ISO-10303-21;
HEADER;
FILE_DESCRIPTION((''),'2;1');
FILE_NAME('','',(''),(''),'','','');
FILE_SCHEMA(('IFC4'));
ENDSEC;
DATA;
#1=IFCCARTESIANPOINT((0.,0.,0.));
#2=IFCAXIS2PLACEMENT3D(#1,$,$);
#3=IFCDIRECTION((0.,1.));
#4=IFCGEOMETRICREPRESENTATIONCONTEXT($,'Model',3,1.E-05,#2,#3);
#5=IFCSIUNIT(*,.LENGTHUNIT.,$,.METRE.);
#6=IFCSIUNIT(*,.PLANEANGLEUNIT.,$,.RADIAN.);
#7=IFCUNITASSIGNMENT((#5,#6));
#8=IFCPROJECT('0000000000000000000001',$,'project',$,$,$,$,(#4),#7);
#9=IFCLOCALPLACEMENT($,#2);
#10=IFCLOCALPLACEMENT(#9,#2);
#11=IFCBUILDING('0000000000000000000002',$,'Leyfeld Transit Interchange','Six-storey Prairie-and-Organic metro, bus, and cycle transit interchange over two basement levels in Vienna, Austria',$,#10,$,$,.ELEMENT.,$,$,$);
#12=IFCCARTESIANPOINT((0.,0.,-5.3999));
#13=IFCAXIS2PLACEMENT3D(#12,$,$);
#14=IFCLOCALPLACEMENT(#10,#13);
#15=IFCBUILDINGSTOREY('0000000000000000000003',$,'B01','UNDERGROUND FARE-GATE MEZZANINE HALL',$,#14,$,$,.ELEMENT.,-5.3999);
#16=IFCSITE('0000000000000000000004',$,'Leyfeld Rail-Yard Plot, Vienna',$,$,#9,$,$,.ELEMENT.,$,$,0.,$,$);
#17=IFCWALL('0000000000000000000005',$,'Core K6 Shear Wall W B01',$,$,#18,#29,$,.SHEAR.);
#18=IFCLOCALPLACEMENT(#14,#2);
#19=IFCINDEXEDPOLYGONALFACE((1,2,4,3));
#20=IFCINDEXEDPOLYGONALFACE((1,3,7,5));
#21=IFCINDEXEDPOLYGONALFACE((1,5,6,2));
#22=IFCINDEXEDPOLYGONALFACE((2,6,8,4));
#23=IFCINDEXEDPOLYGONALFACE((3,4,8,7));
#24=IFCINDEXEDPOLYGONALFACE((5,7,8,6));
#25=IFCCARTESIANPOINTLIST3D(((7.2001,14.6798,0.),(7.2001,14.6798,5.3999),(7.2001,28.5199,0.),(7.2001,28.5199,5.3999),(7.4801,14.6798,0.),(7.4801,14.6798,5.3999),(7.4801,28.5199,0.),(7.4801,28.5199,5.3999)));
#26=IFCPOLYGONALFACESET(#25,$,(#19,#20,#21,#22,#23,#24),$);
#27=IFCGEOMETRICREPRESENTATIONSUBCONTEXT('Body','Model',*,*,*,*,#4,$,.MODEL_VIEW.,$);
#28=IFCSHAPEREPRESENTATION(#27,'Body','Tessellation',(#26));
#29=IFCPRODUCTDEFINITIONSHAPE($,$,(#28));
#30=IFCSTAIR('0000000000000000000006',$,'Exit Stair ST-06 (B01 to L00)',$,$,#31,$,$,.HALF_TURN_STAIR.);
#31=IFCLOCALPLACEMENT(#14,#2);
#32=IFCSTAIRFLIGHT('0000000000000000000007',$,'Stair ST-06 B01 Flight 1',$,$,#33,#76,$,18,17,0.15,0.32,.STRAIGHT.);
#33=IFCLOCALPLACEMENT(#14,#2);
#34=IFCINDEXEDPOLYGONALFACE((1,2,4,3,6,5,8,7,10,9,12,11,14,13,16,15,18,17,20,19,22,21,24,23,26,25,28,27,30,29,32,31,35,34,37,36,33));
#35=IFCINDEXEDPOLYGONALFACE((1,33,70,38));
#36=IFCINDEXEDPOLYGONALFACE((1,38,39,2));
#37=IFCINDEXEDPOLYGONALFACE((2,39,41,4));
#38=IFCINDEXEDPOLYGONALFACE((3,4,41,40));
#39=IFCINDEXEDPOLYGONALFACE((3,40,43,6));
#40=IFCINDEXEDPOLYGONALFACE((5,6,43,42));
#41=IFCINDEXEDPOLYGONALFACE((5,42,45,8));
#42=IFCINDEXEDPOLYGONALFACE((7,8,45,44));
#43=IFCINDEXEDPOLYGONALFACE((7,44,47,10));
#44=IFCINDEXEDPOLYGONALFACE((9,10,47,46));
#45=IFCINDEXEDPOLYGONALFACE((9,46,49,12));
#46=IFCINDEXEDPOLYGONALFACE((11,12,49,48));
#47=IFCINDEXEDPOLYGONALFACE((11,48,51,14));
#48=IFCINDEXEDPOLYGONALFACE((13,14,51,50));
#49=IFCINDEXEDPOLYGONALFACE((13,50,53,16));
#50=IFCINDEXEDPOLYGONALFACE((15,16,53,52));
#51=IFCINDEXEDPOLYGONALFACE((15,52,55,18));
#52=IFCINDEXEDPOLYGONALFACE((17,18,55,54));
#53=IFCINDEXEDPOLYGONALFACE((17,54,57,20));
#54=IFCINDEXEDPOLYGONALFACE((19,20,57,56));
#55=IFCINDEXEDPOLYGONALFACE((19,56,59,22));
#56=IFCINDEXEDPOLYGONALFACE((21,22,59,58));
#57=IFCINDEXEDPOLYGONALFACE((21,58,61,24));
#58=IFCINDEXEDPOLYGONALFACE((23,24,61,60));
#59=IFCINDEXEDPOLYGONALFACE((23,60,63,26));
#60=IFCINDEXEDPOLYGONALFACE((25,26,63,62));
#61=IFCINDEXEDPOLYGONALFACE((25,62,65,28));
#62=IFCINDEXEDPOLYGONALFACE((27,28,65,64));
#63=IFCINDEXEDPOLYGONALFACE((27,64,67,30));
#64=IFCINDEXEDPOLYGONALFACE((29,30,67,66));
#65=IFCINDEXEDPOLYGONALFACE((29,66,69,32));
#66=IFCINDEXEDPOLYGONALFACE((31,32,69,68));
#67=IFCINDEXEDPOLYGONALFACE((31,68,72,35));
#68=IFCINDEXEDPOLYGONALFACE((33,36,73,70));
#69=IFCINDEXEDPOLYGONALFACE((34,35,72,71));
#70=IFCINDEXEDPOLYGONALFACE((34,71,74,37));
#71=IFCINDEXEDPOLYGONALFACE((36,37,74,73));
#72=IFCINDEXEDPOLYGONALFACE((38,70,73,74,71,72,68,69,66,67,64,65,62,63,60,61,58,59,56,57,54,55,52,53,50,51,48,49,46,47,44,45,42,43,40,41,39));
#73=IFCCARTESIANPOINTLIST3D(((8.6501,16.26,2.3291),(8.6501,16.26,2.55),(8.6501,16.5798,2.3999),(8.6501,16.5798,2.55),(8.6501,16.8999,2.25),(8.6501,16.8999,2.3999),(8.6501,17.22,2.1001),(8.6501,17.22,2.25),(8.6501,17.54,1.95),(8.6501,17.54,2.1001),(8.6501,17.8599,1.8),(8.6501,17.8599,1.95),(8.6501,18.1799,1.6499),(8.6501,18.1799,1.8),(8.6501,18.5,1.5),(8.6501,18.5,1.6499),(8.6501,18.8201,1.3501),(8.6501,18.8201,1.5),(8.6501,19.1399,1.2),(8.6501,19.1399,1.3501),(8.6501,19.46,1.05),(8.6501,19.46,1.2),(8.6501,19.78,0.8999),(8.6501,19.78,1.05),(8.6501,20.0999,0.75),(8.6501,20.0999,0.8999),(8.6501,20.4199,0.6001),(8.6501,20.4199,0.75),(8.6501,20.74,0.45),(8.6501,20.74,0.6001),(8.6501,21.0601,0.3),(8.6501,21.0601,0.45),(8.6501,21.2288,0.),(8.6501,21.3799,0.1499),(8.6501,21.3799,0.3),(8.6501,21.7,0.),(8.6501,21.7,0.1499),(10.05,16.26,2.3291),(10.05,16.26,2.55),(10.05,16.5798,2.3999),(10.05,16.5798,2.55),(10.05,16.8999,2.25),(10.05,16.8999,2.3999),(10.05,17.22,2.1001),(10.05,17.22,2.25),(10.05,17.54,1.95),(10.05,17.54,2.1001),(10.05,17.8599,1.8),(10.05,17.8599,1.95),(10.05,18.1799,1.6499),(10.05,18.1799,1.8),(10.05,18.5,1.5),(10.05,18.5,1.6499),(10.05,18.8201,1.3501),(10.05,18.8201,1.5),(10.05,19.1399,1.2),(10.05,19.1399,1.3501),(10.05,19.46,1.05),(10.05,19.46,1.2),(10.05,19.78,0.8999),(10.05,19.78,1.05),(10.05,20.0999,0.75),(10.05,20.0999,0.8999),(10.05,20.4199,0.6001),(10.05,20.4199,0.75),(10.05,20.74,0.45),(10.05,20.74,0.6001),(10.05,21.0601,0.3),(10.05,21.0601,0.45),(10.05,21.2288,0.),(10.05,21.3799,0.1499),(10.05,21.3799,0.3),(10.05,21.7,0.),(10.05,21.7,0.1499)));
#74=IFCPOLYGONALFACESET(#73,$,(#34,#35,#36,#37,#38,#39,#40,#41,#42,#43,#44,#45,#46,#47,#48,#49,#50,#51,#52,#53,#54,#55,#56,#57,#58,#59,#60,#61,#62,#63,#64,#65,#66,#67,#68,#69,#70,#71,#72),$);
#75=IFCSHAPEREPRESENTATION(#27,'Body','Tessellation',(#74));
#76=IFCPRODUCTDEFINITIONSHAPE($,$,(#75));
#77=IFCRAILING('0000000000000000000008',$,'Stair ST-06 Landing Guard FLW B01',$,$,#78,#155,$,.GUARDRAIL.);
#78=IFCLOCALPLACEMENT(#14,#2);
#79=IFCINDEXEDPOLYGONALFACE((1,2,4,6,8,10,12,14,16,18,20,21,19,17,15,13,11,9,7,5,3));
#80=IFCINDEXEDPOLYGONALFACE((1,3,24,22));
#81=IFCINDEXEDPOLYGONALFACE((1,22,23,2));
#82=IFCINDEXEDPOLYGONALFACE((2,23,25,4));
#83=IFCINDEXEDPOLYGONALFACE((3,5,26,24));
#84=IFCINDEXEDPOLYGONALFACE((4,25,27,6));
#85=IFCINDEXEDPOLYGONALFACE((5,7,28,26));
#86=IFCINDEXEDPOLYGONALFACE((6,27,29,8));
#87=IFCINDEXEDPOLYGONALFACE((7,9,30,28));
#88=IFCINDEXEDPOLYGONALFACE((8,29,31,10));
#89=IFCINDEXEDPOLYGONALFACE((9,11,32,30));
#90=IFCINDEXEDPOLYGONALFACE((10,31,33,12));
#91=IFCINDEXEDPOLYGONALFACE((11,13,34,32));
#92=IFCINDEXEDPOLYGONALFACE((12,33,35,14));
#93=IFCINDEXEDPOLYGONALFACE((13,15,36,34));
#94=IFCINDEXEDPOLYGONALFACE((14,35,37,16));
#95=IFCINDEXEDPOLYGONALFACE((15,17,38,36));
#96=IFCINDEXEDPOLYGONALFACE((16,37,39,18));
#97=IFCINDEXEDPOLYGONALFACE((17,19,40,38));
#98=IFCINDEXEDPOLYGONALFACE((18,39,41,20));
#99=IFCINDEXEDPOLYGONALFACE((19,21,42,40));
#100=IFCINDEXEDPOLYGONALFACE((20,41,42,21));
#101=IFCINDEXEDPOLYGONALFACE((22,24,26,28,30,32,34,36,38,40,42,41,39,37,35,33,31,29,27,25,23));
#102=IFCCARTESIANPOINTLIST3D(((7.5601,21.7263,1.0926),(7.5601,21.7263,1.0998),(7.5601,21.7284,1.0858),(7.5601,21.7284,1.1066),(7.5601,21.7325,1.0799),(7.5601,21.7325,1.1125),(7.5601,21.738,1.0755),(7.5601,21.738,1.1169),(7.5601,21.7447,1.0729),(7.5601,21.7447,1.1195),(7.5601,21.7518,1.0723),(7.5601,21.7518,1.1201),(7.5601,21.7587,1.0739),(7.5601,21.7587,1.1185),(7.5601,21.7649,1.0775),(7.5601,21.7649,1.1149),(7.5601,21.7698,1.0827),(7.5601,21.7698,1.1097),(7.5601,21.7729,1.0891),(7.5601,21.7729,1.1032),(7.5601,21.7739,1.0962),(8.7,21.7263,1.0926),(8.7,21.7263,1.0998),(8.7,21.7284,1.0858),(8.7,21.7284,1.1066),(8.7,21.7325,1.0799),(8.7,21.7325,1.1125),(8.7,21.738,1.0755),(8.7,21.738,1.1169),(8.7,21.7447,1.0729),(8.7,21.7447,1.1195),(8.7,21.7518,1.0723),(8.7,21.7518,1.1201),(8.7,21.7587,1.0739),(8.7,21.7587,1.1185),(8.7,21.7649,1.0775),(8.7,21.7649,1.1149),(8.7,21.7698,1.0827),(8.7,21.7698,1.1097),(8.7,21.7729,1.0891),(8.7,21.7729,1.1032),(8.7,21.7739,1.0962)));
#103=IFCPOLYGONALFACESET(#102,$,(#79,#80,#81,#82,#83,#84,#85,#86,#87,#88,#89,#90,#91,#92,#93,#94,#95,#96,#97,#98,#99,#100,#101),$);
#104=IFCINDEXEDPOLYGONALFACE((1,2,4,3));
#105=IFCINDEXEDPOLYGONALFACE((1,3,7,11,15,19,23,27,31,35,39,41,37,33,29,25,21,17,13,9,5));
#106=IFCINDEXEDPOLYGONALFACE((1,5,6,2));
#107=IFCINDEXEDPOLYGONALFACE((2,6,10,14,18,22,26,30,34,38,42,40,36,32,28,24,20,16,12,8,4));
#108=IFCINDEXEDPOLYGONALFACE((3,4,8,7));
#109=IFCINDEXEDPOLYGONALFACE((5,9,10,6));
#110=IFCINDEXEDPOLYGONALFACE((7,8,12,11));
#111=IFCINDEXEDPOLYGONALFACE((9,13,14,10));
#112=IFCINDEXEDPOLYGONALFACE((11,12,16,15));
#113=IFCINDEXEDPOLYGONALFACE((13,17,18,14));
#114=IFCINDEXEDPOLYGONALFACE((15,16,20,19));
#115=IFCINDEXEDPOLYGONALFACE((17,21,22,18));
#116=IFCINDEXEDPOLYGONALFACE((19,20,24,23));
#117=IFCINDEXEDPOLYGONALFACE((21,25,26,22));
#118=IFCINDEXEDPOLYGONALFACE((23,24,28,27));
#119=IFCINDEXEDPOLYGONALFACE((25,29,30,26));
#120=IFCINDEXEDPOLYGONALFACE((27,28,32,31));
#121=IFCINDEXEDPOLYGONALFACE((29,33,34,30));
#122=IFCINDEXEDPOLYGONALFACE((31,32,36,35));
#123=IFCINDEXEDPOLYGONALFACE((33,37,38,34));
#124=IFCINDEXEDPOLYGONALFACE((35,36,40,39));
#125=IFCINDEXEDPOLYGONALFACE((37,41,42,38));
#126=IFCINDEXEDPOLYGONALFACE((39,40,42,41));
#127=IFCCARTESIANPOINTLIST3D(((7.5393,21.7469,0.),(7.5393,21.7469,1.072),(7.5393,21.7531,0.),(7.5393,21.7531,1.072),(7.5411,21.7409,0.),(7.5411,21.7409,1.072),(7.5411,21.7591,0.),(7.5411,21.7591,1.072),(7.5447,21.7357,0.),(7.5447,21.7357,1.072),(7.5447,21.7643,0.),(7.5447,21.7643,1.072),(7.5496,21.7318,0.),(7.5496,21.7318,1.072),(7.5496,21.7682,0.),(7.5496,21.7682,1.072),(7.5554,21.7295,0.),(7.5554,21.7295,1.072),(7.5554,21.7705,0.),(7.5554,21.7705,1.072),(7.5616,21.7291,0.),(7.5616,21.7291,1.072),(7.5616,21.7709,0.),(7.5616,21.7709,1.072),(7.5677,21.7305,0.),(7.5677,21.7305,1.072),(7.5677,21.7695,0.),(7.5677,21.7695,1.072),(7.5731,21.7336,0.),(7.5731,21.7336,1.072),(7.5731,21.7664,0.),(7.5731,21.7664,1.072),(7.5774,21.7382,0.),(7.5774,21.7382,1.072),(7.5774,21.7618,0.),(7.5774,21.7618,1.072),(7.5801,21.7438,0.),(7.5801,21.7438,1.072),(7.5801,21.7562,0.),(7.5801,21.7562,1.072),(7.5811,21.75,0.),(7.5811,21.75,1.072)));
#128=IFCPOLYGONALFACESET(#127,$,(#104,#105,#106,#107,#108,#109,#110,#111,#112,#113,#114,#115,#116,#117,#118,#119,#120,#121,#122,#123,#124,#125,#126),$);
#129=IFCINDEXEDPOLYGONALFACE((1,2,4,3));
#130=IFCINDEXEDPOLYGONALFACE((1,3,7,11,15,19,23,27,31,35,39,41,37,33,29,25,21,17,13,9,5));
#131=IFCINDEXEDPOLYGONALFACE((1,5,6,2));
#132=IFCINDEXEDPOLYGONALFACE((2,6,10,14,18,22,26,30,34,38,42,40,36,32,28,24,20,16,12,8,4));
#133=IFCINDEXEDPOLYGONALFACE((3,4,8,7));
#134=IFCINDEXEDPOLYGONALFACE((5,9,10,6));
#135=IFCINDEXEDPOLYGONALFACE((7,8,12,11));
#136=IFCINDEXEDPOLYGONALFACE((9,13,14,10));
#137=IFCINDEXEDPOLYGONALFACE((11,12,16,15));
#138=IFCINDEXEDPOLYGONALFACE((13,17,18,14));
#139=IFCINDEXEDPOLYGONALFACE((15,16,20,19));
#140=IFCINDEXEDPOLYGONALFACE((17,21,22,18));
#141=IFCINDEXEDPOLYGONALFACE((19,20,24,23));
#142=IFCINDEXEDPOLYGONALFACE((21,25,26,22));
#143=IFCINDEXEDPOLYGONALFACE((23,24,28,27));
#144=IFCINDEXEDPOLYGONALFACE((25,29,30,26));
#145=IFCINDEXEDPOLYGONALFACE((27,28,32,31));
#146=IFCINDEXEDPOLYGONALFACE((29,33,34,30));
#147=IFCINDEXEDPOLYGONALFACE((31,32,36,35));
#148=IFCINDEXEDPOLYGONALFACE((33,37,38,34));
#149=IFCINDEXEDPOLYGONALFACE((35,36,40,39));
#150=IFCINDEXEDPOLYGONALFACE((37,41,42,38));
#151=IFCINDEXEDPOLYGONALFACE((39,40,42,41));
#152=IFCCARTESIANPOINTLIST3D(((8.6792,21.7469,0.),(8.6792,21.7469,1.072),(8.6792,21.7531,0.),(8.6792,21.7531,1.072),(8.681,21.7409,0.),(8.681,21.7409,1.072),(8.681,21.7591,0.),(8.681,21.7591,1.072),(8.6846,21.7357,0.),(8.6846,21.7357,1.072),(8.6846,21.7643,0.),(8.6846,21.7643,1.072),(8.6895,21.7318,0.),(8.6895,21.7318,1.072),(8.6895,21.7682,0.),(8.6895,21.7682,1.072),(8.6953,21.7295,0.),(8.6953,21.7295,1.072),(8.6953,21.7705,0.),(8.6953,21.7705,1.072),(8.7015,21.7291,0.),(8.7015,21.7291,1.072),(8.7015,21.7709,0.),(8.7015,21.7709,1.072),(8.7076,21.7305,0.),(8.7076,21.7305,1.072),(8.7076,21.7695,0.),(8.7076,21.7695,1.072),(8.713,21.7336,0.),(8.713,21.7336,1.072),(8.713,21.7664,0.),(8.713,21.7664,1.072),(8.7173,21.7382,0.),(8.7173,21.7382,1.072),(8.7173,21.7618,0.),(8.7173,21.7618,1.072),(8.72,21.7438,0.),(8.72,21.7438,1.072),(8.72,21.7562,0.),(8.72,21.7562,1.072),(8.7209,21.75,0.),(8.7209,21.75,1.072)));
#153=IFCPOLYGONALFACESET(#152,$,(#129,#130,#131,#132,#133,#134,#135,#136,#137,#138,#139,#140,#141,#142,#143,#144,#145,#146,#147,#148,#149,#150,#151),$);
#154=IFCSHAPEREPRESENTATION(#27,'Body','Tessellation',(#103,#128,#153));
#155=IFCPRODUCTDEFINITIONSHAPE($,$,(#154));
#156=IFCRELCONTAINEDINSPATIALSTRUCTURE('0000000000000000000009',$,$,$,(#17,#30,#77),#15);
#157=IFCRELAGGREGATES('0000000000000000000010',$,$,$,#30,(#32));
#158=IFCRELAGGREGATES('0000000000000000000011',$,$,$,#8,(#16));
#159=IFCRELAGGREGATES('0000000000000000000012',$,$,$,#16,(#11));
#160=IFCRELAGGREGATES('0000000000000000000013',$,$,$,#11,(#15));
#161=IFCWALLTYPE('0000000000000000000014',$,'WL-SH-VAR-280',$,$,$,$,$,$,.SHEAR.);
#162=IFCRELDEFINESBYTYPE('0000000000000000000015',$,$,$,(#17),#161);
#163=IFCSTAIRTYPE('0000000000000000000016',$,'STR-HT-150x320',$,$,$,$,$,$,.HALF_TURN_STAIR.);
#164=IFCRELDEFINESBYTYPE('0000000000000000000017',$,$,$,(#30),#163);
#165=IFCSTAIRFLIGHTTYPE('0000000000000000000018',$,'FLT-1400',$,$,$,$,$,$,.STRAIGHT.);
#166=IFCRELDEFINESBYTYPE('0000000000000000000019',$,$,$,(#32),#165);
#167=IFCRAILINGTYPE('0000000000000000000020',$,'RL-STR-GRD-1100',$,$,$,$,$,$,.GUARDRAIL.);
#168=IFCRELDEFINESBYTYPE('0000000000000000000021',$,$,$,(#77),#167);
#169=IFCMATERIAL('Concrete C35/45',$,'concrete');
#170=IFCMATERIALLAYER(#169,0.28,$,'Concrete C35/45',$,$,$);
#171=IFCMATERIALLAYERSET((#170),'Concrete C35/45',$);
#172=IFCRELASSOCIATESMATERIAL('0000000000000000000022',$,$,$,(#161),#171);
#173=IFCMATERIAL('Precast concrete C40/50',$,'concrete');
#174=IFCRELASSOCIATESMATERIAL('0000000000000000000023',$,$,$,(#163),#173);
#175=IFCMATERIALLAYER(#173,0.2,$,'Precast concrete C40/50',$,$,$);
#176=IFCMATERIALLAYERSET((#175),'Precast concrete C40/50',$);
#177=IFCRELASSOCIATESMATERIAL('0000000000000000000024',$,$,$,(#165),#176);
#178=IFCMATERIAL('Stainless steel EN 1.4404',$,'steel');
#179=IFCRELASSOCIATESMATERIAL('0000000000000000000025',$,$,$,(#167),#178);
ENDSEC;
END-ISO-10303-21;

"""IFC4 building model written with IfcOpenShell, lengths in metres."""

from ifc_helpers import new_model, si_unit, direction, frame, frame_2d, origin, origin_2d, place, context, subcontext, project, spatial, polyline, rectangle, circle, outline, extrude, material, layer, layer_set, type_object, element, aggregate, save


model = new_model("IFC4")

# Units and contexts
model_context = context("Model", 3, precision=1e-05, world=origin(), true_north=direction((0.0, 1.0)))
body_context = subcontext(model_context, "Body", "Model", "MODEL_VIEW")
ifc_project = project(units=[si_unit("LENGTHUNIT", "METRE"), si_unit("PLANEANGLEUNIT", "RADIAN")], contexts=[model_context])

# Site, building, storey
site_placement = place(None, origin())
site = spatial("IfcSite", under=ifc_project, at=site_placement, Name="Leyfeld Rail-Yard Plot, Vienna", CompositionType="ELEMENT", RefElevation=0.0)
building_placement = place(site_placement, origin())
building = spatial("IfcBuilding", under=site, at=building_placement, Name="Leyfeld Transit Interchange", Description="Six-storey Prairie-and-Organic metro, bus, and cycle transit interchange over two basement levels in Vienna, Austria", CompositionType="ELEMENT")
storey_placement = place(building_placement, frame((0.0, 0.0, -5.3999)))
storey = spatial("IfcBuildingStorey", under=building, at=storey_placement, Name="B01", Description="UNDERGROUND FARE-GATE MEZZANINE HALL", CompositionType="ELEMENT", Elevation=-5.3999)

# Shared definitions
ifc_material_1 = material(Name="Concrete C35/45", Category="concrete")

# Wall
ifc_layer_1 = layer(ifc_material_1, 0.28, Name="Concrete C35/45")
ifc_layer_set_1 = layer_set([ifc_layer_1], Name="Concrete C35/45")
wall_type_1 = type_object("IfcWallType", Name="WL-SH-VAR-280", PredefinedType="SHEAR", material=ifc_layer_set_1)
wall_1_placement = place(storey_placement, frame((7.3401, 14.6799, 0.0), z_axis=(0.0, 0.0, 1.0), x_axis=(0.0, 1.0, 0.0)))
element("IfcWall", 1, at=wall_1_placement, inside=storey, type_object=wall_type_1, Name="Core K6 Shear Wall W B01", PredefinedType="SHEAR", context=body_context, shape_type="SweptSolid", body=[
    extrude(rectangle(XDim=13.8401, YDim=0.28, at=frame_2d((6.9199, 0.0))), origin(), (0.0, 0.0, 1.0), 5.3999),
])

# Stair, stair flight
ifc_material_2 = material(Name="Precast concrete C40/50", Category="concrete")
stair_type = type_object("IfcStairType", Name="STR-HT-150x320", PredefinedType="HALF_TURN_STAIR", material=ifc_material_2)
stair_placement = place(storey_placement, origin())
stair = element("IfcStair", 2, at=stair_placement, inside=storey, type_object=stair_type, Name="Exit Stair ST-06 (B01 to L00)", PredefinedType="HALF_TURN_STAIR")
ifc_layer_2 = layer(ifc_material_2, 0.2, Name="Precast concrete C40/50")
ifc_layer_set_2 = layer_set([ifc_layer_2], Name="Precast concrete C40/50")
stair_flight_type = type_object("IfcStairFlightType", Name="FLT-1400", PredefinedType="STRAIGHT", material=ifc_layer_set_2)
stair_flight_placement = place(storey_placement, frame((9.3501, 21.7, 0.0), z_axis=(0.0, 0.0, 1.0), x_axis=(0.0, -1.0, 0.0)))
stair_flight = element("IfcStairFlight", 3, at=stair_flight_placement, type_object=stair_flight_type, Name="Stair ST-06 B01 Flight 1", NumberOfRisers=18, NumberOfTreads=17, PredefinedType="STRAIGHT", RiserHeight=0.15, TreadLength=0.32, context=body_context, shape_type="SweptSolid", body=[
    extrude(outline(polyline([(0.0, 0.0), (0.0, 0.1499), (0.3201, 0.1499), (0.3201, 0.3), (0.6399, 0.3), (0.6399, 0.45), (0.96, 0.45), (0.96, 0.6001), (1.28, 0.6001), (1.28, 0.75), (1.6001, 0.75), (1.6001, 0.8999), (1.9199, 0.8999), (1.9199, 1.05), (2.24, 1.05), (2.24, 1.2), (2.5601, 1.2), (2.5601, 1.3501), (2.8799, 1.3501), (2.8799, 1.5), (3.2, 1.5), (3.2, 1.6499), (3.52, 1.6499), (3.52, 1.8), (3.8401, 1.8), (3.8401, 1.95), (4.1599, 1.95), (4.1599, 2.1001), (4.48, 2.1001), (4.48, 2.25), (4.8, 2.25), (4.8, 2.3999), (5.1201, 2.3999), (5.1201, 2.55), (5.4399, 2.55), (5.4399, 2.7), (5.4399, 2.3291), (0.4712, 0.0), (0.0, 0.0)])), frame((0.0, 0.7, 0.0), z_axis=(0.0, -1.0, 0.0), x_axis=(1.0, 0.0, 0.0)), (0.0, 0.0, 1.0), 1.3999),
])
aggregate(stair, [stair_flight])

# Railing
ifc_material_3 = material(Name="Stainless steel EN 1.4404", Category="steel")
railing_type_1 = type_object("IfcRailingType", Name="RL-STR-GRD-1100", PredefinedType="GUARDRAIL", material=ifc_material_3)
railing_1_placement = place(storey_placement, frame((7.5601, 21.75, 0.0)))
element("IfcRailing", 4, at=railing_1_placement, inside=storey, type_object=railing_type_1, Name="Stair ST-06 Landing Guard FLW B01", PredefinedType="GUARDRAIL", context=body_context, shape_type="SweptSolid", body=[
    extrude(circle(Radius=0.0239, at=origin_2d()), frame((0.0, 0.0, 1.0962), z_axis=(1.0, 0.0, 0.0), x_axis=(0.0, 1.0, 0.0)), (0.0, 0.0, 1.0), 1.1399),
    extrude(circle(Radius=0.021, at=origin_2d()), origin(), (0.0, 0.0, 1.0), 1.072),
    extrude(circle(Radius=0.021, at=origin_2d()), frame((1.1399, 0.0, 0.0)), (0.0, 0.0, 1.0), 1.072),
])

save(model, "model.ifc")
